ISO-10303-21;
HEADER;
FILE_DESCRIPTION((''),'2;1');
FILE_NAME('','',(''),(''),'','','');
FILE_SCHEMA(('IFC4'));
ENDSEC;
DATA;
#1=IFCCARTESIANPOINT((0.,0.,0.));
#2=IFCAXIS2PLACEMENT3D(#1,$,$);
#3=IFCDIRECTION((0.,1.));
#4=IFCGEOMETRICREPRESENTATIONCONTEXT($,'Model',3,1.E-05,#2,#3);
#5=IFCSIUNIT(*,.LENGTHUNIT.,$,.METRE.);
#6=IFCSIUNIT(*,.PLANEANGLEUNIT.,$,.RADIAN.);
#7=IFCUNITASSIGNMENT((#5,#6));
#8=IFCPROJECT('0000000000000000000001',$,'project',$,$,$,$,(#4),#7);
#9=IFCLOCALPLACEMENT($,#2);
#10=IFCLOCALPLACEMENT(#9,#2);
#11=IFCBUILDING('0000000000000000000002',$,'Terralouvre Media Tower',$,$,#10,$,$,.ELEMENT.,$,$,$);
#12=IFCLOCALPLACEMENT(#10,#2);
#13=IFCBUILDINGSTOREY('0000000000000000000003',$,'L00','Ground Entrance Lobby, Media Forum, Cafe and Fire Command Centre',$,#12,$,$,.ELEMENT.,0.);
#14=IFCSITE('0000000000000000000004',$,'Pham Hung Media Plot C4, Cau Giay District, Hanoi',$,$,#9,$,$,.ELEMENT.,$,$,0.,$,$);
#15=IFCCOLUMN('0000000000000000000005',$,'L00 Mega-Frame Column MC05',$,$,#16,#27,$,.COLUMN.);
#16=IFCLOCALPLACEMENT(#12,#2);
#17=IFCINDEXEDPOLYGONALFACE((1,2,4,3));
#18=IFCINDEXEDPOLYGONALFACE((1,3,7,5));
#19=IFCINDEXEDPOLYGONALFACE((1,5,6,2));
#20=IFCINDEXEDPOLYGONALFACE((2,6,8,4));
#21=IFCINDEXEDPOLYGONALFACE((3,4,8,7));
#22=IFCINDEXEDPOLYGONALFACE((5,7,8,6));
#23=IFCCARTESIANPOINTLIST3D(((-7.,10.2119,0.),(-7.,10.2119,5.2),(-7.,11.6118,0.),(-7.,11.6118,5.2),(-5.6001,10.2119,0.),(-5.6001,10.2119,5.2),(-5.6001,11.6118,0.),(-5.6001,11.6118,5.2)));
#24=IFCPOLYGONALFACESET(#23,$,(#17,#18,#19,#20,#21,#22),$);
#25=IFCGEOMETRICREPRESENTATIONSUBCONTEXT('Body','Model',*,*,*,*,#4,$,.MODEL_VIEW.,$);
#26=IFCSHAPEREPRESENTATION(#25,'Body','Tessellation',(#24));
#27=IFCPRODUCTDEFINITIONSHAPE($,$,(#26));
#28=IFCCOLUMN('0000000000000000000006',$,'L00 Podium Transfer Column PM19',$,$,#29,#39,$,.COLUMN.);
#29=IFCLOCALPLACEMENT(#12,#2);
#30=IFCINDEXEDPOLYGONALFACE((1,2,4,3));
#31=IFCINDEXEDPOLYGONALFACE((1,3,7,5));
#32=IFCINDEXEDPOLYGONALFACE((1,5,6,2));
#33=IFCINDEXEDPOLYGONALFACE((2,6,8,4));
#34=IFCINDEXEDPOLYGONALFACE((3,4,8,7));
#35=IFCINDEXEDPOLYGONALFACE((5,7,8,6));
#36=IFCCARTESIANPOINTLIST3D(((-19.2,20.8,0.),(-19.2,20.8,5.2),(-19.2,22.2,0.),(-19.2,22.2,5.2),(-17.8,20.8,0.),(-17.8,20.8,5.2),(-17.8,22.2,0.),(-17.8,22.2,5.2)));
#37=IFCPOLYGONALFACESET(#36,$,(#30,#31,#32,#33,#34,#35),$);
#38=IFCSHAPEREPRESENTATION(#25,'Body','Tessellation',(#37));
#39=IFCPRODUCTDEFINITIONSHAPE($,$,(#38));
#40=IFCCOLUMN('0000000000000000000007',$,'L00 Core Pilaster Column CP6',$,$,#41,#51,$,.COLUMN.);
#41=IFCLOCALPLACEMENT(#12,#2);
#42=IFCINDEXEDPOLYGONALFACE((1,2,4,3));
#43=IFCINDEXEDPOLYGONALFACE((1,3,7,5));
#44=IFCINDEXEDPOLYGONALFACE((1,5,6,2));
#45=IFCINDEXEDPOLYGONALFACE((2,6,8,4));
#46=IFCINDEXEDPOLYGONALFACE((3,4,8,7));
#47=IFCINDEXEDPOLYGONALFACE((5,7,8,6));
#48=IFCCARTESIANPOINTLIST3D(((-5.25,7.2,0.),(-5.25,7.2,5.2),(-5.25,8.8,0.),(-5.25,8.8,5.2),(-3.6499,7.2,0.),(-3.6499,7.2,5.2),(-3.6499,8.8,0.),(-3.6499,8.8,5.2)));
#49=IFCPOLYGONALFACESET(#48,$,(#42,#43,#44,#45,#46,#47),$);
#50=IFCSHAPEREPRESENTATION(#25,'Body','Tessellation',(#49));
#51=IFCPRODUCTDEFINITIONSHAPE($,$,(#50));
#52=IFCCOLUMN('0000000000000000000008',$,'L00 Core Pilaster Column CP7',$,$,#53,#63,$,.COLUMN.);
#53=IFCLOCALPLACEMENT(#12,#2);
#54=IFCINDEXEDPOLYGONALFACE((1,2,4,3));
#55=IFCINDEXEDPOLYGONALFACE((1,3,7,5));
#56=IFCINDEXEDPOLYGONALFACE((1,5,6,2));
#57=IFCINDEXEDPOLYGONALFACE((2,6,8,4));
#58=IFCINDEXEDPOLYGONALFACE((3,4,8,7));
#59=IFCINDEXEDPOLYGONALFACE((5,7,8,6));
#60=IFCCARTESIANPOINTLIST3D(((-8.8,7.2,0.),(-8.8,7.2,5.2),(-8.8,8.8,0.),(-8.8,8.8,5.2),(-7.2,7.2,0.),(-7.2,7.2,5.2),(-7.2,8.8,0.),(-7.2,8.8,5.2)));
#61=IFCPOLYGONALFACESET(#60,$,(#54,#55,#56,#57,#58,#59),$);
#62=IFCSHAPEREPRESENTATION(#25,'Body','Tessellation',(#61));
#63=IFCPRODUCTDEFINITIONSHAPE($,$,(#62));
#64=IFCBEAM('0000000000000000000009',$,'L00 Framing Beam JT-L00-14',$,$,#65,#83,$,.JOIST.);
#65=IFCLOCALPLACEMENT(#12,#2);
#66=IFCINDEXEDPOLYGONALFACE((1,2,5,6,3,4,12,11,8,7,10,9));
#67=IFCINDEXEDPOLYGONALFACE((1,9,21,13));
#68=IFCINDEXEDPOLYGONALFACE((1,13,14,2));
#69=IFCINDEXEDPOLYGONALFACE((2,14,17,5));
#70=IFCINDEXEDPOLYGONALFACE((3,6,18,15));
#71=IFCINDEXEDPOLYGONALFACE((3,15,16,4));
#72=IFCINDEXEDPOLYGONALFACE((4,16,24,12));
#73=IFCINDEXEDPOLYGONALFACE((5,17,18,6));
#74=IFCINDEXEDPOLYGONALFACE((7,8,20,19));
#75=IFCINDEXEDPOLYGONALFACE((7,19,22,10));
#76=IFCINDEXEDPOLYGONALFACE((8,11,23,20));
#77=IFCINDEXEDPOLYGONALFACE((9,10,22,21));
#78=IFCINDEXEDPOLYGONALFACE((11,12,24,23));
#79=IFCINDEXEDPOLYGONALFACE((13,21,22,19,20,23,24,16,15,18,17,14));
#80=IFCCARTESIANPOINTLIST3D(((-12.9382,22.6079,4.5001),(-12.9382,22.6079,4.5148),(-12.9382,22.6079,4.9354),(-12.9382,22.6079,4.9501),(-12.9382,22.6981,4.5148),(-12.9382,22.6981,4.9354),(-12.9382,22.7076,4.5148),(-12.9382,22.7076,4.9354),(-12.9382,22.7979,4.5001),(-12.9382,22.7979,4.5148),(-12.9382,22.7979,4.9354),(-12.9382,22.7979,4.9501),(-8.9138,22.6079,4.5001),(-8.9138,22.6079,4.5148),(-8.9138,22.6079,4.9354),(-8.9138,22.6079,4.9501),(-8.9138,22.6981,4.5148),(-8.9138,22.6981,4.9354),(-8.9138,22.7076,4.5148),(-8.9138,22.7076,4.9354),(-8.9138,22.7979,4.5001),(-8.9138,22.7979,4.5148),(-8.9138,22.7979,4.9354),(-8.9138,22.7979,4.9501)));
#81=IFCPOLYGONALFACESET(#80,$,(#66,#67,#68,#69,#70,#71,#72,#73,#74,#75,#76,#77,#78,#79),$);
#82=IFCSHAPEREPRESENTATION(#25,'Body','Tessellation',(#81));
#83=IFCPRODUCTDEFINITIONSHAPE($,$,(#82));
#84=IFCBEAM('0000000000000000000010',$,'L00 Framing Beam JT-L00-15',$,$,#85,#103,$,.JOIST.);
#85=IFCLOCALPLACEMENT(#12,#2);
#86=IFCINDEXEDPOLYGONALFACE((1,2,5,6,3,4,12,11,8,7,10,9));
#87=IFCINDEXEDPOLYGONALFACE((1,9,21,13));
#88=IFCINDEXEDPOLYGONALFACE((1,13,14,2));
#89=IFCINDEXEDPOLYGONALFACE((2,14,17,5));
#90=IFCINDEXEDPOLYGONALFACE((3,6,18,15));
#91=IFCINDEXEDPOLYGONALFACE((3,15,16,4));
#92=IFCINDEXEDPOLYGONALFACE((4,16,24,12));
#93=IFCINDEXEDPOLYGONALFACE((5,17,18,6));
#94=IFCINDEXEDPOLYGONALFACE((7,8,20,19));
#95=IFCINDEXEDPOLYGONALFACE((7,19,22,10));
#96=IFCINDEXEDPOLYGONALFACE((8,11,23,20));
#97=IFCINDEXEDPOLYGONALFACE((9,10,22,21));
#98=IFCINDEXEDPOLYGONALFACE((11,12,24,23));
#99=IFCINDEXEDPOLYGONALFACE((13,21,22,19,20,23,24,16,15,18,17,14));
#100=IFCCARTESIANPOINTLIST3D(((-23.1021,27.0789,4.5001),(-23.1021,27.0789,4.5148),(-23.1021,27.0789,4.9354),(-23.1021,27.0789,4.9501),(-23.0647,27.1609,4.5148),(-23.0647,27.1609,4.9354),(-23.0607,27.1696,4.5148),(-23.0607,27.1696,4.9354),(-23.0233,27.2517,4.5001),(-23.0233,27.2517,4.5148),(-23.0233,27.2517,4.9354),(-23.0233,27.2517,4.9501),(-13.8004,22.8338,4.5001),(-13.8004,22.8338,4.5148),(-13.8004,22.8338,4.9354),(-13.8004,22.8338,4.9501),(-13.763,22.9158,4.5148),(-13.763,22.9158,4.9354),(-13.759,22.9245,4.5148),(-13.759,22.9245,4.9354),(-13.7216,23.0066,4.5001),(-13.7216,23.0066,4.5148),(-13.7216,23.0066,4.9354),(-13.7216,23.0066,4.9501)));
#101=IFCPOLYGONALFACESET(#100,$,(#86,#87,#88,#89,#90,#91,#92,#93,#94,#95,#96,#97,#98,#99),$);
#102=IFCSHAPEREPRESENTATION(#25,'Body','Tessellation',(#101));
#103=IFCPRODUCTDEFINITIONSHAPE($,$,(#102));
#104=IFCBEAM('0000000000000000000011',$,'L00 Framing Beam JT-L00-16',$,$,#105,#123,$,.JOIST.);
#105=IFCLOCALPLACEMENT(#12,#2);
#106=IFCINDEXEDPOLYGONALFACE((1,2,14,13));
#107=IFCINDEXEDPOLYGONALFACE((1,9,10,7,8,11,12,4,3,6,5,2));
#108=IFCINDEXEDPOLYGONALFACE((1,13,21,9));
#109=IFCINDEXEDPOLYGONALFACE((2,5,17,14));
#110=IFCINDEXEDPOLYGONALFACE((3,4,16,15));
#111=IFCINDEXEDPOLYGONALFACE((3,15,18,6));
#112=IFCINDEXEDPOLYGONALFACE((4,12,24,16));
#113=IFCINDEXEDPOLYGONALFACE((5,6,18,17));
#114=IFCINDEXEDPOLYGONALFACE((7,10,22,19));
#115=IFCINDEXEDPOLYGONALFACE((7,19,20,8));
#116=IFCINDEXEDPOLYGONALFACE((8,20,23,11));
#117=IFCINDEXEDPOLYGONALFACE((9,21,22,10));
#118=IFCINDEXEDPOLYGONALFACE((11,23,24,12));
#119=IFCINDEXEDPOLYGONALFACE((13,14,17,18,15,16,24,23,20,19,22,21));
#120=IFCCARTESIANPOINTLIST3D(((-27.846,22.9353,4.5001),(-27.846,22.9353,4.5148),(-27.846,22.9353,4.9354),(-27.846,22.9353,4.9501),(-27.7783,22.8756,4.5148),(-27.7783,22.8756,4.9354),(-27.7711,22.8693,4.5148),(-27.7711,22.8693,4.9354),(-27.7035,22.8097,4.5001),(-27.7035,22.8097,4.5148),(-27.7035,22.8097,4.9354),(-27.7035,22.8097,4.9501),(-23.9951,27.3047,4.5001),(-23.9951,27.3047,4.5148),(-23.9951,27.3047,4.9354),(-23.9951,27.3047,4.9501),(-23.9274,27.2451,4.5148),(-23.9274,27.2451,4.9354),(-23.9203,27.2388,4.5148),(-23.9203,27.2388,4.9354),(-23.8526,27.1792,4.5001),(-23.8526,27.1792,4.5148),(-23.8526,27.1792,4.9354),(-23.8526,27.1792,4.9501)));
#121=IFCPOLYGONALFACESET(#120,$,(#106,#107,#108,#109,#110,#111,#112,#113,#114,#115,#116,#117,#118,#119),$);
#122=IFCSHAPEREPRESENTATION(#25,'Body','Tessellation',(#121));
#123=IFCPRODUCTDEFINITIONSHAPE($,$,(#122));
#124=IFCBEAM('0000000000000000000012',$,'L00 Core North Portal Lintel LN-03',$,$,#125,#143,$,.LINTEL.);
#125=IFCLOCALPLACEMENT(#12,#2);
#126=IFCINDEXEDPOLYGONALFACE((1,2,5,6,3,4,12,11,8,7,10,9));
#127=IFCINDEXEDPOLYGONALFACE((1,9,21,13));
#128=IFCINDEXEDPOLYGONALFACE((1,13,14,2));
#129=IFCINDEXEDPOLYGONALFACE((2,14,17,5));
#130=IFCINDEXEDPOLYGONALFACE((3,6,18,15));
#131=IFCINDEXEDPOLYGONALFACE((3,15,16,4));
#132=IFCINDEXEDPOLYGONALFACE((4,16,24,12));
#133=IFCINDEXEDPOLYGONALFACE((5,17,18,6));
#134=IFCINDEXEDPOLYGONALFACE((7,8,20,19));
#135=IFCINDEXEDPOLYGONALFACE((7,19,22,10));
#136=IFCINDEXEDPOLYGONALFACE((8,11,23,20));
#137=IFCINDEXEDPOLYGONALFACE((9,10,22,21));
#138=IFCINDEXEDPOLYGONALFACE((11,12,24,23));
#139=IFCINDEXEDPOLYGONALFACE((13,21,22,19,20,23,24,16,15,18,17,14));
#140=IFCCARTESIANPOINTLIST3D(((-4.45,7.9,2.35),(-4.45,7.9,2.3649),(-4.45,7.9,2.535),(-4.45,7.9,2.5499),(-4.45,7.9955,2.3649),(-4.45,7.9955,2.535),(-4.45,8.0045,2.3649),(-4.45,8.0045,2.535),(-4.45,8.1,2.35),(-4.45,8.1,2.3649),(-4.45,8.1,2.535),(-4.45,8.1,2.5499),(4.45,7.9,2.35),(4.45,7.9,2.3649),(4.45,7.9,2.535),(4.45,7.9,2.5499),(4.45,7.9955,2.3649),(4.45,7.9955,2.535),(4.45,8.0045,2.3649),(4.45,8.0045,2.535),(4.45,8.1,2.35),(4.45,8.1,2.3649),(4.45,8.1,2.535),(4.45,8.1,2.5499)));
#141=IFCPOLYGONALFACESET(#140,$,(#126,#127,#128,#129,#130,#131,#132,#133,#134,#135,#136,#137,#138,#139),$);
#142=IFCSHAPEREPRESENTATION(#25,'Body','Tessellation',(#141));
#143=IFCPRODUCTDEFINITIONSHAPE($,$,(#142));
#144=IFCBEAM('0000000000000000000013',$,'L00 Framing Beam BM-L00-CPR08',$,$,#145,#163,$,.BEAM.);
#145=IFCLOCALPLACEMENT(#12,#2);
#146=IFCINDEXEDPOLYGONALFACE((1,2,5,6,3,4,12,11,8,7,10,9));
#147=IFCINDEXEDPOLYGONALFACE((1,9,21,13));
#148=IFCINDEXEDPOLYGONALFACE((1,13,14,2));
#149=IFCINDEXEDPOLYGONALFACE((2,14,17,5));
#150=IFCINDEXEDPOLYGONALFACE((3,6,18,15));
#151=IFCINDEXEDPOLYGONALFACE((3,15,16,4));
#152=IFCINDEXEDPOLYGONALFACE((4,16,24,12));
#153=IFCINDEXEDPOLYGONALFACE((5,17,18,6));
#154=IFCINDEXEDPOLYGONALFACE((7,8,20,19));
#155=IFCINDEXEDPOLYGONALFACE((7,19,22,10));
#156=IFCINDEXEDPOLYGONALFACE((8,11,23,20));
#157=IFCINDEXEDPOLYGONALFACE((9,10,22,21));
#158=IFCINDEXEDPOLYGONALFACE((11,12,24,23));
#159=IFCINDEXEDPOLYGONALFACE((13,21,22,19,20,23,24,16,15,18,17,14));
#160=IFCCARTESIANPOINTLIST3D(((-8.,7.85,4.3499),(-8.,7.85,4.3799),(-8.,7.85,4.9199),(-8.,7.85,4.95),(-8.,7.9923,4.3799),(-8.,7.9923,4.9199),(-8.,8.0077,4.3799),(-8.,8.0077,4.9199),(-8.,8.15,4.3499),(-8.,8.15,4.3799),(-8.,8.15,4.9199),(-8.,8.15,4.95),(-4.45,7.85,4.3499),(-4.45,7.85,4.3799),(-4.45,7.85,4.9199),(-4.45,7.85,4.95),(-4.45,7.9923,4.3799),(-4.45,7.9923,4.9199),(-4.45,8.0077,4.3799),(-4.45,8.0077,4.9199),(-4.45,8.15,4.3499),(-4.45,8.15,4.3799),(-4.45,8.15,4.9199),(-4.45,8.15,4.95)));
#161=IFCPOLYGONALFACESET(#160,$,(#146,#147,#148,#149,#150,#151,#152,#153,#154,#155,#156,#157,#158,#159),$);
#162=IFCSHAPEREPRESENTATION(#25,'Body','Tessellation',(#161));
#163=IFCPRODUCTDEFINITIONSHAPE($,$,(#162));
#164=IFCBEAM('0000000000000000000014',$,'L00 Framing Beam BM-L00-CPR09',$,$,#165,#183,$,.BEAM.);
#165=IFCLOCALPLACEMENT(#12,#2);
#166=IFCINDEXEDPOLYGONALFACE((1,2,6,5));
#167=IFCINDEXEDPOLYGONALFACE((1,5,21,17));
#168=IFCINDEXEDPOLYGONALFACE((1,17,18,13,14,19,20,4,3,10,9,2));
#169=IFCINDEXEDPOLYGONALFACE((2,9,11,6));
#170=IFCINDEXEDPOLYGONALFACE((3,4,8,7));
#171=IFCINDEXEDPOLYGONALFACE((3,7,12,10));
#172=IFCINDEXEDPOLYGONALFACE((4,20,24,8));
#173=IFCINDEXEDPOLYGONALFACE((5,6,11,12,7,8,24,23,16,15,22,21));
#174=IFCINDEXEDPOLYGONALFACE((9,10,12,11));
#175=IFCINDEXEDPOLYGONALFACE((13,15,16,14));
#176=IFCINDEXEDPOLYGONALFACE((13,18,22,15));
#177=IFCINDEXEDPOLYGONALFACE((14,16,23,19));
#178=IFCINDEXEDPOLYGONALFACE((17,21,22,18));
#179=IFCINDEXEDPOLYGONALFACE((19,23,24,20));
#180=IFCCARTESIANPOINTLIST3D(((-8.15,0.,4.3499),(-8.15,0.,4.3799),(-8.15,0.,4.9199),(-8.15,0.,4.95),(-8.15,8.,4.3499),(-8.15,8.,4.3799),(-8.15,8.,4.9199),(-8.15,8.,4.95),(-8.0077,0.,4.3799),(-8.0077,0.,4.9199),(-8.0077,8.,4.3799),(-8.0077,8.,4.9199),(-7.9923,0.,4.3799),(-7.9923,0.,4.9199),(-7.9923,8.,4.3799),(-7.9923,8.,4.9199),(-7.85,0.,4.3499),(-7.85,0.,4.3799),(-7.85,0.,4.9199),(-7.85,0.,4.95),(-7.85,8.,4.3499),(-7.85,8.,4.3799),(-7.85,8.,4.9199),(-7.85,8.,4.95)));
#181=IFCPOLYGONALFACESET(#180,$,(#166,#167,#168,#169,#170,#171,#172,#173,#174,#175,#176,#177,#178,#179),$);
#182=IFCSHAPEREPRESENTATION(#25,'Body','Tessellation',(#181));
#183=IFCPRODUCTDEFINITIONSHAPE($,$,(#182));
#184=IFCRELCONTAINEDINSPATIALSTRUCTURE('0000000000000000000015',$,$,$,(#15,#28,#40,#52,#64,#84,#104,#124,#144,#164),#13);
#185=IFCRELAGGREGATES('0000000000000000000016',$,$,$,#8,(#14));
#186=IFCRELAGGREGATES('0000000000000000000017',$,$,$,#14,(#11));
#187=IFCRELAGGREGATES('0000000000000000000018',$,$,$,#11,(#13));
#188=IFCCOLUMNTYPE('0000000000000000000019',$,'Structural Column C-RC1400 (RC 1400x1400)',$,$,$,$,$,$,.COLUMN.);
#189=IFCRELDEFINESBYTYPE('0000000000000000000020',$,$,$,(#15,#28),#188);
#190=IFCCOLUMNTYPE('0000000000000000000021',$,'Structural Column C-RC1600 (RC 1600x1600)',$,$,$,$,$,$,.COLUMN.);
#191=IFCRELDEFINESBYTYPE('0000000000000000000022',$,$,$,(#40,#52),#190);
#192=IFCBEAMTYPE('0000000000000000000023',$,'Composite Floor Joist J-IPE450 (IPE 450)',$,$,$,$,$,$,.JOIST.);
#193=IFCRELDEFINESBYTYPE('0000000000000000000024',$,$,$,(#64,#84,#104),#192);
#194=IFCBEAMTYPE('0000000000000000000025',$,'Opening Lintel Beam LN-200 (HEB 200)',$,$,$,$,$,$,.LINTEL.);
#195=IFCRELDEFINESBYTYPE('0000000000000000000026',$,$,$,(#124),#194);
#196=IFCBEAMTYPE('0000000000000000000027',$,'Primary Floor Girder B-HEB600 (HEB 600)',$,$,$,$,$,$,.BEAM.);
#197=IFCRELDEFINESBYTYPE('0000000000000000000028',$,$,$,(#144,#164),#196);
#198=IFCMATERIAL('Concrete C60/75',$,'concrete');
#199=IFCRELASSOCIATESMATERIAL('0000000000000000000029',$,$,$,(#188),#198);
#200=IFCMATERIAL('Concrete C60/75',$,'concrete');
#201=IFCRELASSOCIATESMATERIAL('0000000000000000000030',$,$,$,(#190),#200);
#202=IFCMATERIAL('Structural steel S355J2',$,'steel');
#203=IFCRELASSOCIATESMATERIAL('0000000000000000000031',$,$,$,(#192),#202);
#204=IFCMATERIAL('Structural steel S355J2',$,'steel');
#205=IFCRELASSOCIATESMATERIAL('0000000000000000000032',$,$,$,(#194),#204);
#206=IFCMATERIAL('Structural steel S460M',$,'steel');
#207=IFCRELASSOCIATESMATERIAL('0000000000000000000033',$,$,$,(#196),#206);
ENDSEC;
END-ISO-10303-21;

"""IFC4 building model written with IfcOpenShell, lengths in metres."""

from ifc_helpers import new_model, si_unit, direction, frame, origin, origin_2d, place, context, subcontext, project, spatial, rectangle, i_section, extrude, material, material_profile, profile_set, type_object, element, save


model = new_model("IFC4")

# Units and contexts
model_context = context("Model", 3, precision=1e-05, world=origin(), true_north=direction((0.0, 1.0)))
body_context = subcontext(model_context, "Body", "Model", "MODEL_VIEW")
ifc_project = project(units=[si_unit("LENGTHUNIT", "METRE"), si_unit("PLANEANGLEUNIT", "RADIAN")], contexts=[model_context])

# Site, building, storey
site_placement = place(None, origin())
site = spatial("IfcSite", under=ifc_project, at=site_placement, Name="Pham Hung Media Plot C4, Cau Giay District, Hanoi", CompositionType="ELEMENT", RefElevation=0.0)
building_placement = place(site_placement, origin())
building = spatial("IfcBuilding", under=site, at=building_placement, Name="Terralouvre Media Tower", CompositionType="ELEMENT")
storey_placement = place(building_placement, origin())
storey = spatial("IfcBuildingStorey", under=building, at=storey_placement, Name="L00", Description="Ground Entrance Lobby, Media Forum, Cafe and Fire Command Centre", CompositionType="ELEMENT", Elevation=0.0)

# Columns
ifc_material_1 = material(Name="Concrete C60/75", Category="concrete")
ifc_material_profile_1 = material_profile(ifc_material_1, rectangle(XDim=1.3999, YDim=1.3999, at=origin_2d()), Name="RC 1400x1400")
ifc_profile_set_1 = profile_set([ifc_material_profile_1], Name="Concrete C60/75")
column_type_1 = type_object("IfcColumnType", Name="Structural Column C-RC1400 (RC 1400x1400)", PredefinedType="COLUMN", material=ifc_profile_set_1)
for number, where, z_axis, x_axis, name in (
    (1, (-6.3, 10.9119, 0.0), (0.0, 0.0, 1.0), (1.0, 0.0, 0.0), "L00 Mega-Frame Column MC05"),
    (2, (-18.5, 21.5, 0.0), (0.0, 0.0, 1.0), (1.0, 0.0, 0.0), "L00 Podium Transfer Column PM19"),
):
    element("IfcColumn", number, at=place(storey_placement, frame(where, z_axis=z_axis, x_axis=x_axis)), inside=storey, type_object=column_type_1, Name=name, PredefinedType="COLUMN", context=body_context, shape_type="SweptSolid", body=[
        extrude(rectangle(XDim=1.3999, YDim=1.3999, at=origin_2d()), origin(), (0.0, 0.0, 1.0), 5.2),
    ])
ifc_material_2 = material(Name="Concrete C60/75", Category="concrete")
ifc_material_profile_2 = material_profile(ifc_material_2, rectangle(XDim=1.6001, YDim=1.6001, at=origin_2d()), Name="RC 1600x1600")
ifc_profile_set_2 = profile_set([ifc_material_profile_2], Name="Concrete C60/75")
column_type_2 = type_object("IfcColumnType", Name="Structural Column C-RC1600 (RC 1600x1600)", PredefinedType="COLUMN", material=ifc_profile_set_2)
for number, where, z_axis, x_axis, name in (
    (3, (-4.45, 8.0, 0.0), (0.0, 0.0, 1.0), (1.0, 0.0, 0.0), "L00 Core Pilaster Column CP6"),
    (4, (-8.0, 8.0, 0.0), (0.0, 0.0, 1.0), (1.0, 0.0, 0.0), "L00 Core Pilaster Column CP7"),
):
    element("IfcColumn", number, at=place(storey_placement, frame(where, z_axis=z_axis, x_axis=x_axis)), inside=storey, type_object=column_type_2, Name=name, PredefinedType="COLUMN", context=body_context, shape_type="SweptSolid", body=[
        extrude(rectangle(XDim=1.6001, YDim=1.6001, at=origin_2d()), origin(), (0.0, 0.0, 1.0), 5.2),
    ])

# Beams
ifc_material_3 = material(Name="Structural steel S355J2", Category="steel")
ifc_material_profile_3 = material_profile(ifc_material_3, i_section(OverallWidth=0.1899, OverallDepth=0.45, WebThickness=0.0095, FlangeThickness=0.0146, at=origin_2d()), Name="IPE 450")
ifc_profile_set_3 = profile_set([ifc_material_profile_3], Name="Structural steel S355J2")
beam_type_1 = type_object("IfcBeamType", Name="Composite Floor Joist J-IPE450 (IPE 450)", PredefinedType="JOIST", material=ifc_profile_set_3)
beam_1_placement = place(storey_placement, frame((-8.9138, 22.7029, 4.7251), z_axis=(-1.0, 0.0, 0.0), x_axis=(0.0, -1.0, 0.0)))
element("IfcBeam", 5, at=beam_1_placement, inside=storey, type_object=beam_type_1, Name="L00 Framing Beam JT-L00-14", PredefinedType="JOIST", context=body_context, shape_type="SweptSolid", body=[
    extrude(i_section(OverallWidth=0.1899, OverallDepth=0.45, WebThickness=0.0095, FlangeThickness=0.0146, at=origin_2d()), origin(), (0.0, 0.0, 1.0), 4.0244),
])
beam_2_placement = place(storey_placement, frame((-13.761, 22.9202, 4.7251), z_axis=(-0.909737, 0.415184, 0.0), x_axis=(-0.415184, -0.909737, 0.0)))
element("IfcBeam", 6, at=beam_2_placement, inside=storey, type_object=beam_type_1, Name="L00 Framing Beam JT-L00-15", PredefinedType="JOIST", context=body_context, shape_type="SweptSolid", body=[
    extrude(i_section(OverallWidth=0.1899, OverallDepth=0.45, WebThickness=0.0095, FlangeThickness=0.0146, at=origin_2d()), origin(), (0.0, 0.0, 1.0), 10.2246),
])
beam_3_placement = place(storey_placement, frame((-23.9238, 27.2419, 4.7251), z_axis=(-0.661186, -0.750222, 0.0), x_axis=(0.750222, -0.661186, 0.0)))
element("IfcBeam", 7, at=beam_3_placement, inside=storey, type_object=beam_type_1, Name="L00 Framing Beam JT-L00-16", PredefinedType="JOIST", context=body_context, shape_type="SweptSolid", body=[
    extrude(i_section(OverallWidth=0.1899, OverallDepth=0.45, WebThickness=0.0095, FlangeThickness=0.0146, at=origin_2d()), origin(), (0.0, 0.0, 1.0), 5.8242),
])
ifc_material_4 = material(Name="Structural steel S355J2", Category="steel")
ifc_material_profile_4 = material_profile(ifc_material_4, i_section(OverallWidth=0.2, OverallDepth=0.2, WebThickness=0.009, FlangeThickness=0.0149, at=origin_2d()), Name="HEB 200")
ifc_profile_set_4 = profile_set([ifc_material_profile_4], Name="Structural steel S355J2")
beam_type_2 = type_object("IfcBeamType", Name="Opening Lintel Beam LN-200 (HEB 200)", PredefinedType="LINTEL", material=ifc_profile_set_4)
beam_4_placement = place(storey_placement, frame((-4.45, 8.0, 2.45), z_axis=(1.0, 0.0, 0.0), x_axis=(0.0, 1.0, 0.0)))
element("IfcBeam", 8, at=beam_4_placement, inside=storey, type_object=beam_type_2, Name="L00 Core North Portal Lintel LN-03", PredefinedType="LINTEL", context=body_context, shape_type="SweptSolid", body=[
    extrude(i_section(OverallWidth=0.2, OverallDepth=0.2, WebThickness=0.009, FlangeThickness=0.0149, at=origin_2d()), origin(), (0.0, 0.0, 1.0), 8.8999),
])
ifc_material_5 = material(Name="Structural steel S460M", Category="steel")
ifc_material_profile_5 = material_profile(ifc_material_5, i_section(OverallWidth=0.3, OverallDepth=0.6001, WebThickness=0.0154, FlangeThickness=0.03, at=origin_2d()), Name="HEB 600")
ifc_profile_set_5 = profile_set([ifc_material_profile_5], Name="Structural steel S460M")
beam_type_3 = type_object("IfcBeamType", Name="Primary Floor Girder B-HEB600 (HEB 600)", PredefinedType="BEAM", material=ifc_profile_set_5)
beam_5_placement = place(storey_placement, frame((-4.45, 8.0, 4.6499), z_axis=(-1.0, 0.0, 0.0), x_axis=(0.0, -1.0, 0.0)))
element("IfcBeam", 9, at=beam_5_placement, inside=storey, type_object=beam_type_3, Name="L00 Framing Beam BM-L00-CPR08", PredefinedType="BEAM", context=body_context, shape_type="SweptSolid", body=[
    extrude(i_section(OverallWidth=0.3, OverallDepth=0.6001, WebThickness=0.0154, FlangeThickness=0.03, at=origin_2d()), origin(), (0.0, 0.0, 1.0), 3.55),
])
beam_6_placement = place(storey_placement, frame((-8.0, 8.0, 4.6499), z_axis=(0.0, -1.0, 0.0), x_axis=(1.0, 0.0, 0.0)))
element("IfcBeam", 10, at=beam_6_placement, inside=storey, type_object=beam_type_3, Name="L00 Framing Beam BM-L00-CPR09", PredefinedType="BEAM", context=body_context, shape_type="SweptSolid", body=[
    extrude(i_section(OverallWidth=0.3, OverallDepth=0.6001, WebThickness=0.0154, FlangeThickness=0.03, at=origin_2d()), origin(), (0.0, 0.0, 1.0), 8.0),
])

save(model, "model.ifc")
